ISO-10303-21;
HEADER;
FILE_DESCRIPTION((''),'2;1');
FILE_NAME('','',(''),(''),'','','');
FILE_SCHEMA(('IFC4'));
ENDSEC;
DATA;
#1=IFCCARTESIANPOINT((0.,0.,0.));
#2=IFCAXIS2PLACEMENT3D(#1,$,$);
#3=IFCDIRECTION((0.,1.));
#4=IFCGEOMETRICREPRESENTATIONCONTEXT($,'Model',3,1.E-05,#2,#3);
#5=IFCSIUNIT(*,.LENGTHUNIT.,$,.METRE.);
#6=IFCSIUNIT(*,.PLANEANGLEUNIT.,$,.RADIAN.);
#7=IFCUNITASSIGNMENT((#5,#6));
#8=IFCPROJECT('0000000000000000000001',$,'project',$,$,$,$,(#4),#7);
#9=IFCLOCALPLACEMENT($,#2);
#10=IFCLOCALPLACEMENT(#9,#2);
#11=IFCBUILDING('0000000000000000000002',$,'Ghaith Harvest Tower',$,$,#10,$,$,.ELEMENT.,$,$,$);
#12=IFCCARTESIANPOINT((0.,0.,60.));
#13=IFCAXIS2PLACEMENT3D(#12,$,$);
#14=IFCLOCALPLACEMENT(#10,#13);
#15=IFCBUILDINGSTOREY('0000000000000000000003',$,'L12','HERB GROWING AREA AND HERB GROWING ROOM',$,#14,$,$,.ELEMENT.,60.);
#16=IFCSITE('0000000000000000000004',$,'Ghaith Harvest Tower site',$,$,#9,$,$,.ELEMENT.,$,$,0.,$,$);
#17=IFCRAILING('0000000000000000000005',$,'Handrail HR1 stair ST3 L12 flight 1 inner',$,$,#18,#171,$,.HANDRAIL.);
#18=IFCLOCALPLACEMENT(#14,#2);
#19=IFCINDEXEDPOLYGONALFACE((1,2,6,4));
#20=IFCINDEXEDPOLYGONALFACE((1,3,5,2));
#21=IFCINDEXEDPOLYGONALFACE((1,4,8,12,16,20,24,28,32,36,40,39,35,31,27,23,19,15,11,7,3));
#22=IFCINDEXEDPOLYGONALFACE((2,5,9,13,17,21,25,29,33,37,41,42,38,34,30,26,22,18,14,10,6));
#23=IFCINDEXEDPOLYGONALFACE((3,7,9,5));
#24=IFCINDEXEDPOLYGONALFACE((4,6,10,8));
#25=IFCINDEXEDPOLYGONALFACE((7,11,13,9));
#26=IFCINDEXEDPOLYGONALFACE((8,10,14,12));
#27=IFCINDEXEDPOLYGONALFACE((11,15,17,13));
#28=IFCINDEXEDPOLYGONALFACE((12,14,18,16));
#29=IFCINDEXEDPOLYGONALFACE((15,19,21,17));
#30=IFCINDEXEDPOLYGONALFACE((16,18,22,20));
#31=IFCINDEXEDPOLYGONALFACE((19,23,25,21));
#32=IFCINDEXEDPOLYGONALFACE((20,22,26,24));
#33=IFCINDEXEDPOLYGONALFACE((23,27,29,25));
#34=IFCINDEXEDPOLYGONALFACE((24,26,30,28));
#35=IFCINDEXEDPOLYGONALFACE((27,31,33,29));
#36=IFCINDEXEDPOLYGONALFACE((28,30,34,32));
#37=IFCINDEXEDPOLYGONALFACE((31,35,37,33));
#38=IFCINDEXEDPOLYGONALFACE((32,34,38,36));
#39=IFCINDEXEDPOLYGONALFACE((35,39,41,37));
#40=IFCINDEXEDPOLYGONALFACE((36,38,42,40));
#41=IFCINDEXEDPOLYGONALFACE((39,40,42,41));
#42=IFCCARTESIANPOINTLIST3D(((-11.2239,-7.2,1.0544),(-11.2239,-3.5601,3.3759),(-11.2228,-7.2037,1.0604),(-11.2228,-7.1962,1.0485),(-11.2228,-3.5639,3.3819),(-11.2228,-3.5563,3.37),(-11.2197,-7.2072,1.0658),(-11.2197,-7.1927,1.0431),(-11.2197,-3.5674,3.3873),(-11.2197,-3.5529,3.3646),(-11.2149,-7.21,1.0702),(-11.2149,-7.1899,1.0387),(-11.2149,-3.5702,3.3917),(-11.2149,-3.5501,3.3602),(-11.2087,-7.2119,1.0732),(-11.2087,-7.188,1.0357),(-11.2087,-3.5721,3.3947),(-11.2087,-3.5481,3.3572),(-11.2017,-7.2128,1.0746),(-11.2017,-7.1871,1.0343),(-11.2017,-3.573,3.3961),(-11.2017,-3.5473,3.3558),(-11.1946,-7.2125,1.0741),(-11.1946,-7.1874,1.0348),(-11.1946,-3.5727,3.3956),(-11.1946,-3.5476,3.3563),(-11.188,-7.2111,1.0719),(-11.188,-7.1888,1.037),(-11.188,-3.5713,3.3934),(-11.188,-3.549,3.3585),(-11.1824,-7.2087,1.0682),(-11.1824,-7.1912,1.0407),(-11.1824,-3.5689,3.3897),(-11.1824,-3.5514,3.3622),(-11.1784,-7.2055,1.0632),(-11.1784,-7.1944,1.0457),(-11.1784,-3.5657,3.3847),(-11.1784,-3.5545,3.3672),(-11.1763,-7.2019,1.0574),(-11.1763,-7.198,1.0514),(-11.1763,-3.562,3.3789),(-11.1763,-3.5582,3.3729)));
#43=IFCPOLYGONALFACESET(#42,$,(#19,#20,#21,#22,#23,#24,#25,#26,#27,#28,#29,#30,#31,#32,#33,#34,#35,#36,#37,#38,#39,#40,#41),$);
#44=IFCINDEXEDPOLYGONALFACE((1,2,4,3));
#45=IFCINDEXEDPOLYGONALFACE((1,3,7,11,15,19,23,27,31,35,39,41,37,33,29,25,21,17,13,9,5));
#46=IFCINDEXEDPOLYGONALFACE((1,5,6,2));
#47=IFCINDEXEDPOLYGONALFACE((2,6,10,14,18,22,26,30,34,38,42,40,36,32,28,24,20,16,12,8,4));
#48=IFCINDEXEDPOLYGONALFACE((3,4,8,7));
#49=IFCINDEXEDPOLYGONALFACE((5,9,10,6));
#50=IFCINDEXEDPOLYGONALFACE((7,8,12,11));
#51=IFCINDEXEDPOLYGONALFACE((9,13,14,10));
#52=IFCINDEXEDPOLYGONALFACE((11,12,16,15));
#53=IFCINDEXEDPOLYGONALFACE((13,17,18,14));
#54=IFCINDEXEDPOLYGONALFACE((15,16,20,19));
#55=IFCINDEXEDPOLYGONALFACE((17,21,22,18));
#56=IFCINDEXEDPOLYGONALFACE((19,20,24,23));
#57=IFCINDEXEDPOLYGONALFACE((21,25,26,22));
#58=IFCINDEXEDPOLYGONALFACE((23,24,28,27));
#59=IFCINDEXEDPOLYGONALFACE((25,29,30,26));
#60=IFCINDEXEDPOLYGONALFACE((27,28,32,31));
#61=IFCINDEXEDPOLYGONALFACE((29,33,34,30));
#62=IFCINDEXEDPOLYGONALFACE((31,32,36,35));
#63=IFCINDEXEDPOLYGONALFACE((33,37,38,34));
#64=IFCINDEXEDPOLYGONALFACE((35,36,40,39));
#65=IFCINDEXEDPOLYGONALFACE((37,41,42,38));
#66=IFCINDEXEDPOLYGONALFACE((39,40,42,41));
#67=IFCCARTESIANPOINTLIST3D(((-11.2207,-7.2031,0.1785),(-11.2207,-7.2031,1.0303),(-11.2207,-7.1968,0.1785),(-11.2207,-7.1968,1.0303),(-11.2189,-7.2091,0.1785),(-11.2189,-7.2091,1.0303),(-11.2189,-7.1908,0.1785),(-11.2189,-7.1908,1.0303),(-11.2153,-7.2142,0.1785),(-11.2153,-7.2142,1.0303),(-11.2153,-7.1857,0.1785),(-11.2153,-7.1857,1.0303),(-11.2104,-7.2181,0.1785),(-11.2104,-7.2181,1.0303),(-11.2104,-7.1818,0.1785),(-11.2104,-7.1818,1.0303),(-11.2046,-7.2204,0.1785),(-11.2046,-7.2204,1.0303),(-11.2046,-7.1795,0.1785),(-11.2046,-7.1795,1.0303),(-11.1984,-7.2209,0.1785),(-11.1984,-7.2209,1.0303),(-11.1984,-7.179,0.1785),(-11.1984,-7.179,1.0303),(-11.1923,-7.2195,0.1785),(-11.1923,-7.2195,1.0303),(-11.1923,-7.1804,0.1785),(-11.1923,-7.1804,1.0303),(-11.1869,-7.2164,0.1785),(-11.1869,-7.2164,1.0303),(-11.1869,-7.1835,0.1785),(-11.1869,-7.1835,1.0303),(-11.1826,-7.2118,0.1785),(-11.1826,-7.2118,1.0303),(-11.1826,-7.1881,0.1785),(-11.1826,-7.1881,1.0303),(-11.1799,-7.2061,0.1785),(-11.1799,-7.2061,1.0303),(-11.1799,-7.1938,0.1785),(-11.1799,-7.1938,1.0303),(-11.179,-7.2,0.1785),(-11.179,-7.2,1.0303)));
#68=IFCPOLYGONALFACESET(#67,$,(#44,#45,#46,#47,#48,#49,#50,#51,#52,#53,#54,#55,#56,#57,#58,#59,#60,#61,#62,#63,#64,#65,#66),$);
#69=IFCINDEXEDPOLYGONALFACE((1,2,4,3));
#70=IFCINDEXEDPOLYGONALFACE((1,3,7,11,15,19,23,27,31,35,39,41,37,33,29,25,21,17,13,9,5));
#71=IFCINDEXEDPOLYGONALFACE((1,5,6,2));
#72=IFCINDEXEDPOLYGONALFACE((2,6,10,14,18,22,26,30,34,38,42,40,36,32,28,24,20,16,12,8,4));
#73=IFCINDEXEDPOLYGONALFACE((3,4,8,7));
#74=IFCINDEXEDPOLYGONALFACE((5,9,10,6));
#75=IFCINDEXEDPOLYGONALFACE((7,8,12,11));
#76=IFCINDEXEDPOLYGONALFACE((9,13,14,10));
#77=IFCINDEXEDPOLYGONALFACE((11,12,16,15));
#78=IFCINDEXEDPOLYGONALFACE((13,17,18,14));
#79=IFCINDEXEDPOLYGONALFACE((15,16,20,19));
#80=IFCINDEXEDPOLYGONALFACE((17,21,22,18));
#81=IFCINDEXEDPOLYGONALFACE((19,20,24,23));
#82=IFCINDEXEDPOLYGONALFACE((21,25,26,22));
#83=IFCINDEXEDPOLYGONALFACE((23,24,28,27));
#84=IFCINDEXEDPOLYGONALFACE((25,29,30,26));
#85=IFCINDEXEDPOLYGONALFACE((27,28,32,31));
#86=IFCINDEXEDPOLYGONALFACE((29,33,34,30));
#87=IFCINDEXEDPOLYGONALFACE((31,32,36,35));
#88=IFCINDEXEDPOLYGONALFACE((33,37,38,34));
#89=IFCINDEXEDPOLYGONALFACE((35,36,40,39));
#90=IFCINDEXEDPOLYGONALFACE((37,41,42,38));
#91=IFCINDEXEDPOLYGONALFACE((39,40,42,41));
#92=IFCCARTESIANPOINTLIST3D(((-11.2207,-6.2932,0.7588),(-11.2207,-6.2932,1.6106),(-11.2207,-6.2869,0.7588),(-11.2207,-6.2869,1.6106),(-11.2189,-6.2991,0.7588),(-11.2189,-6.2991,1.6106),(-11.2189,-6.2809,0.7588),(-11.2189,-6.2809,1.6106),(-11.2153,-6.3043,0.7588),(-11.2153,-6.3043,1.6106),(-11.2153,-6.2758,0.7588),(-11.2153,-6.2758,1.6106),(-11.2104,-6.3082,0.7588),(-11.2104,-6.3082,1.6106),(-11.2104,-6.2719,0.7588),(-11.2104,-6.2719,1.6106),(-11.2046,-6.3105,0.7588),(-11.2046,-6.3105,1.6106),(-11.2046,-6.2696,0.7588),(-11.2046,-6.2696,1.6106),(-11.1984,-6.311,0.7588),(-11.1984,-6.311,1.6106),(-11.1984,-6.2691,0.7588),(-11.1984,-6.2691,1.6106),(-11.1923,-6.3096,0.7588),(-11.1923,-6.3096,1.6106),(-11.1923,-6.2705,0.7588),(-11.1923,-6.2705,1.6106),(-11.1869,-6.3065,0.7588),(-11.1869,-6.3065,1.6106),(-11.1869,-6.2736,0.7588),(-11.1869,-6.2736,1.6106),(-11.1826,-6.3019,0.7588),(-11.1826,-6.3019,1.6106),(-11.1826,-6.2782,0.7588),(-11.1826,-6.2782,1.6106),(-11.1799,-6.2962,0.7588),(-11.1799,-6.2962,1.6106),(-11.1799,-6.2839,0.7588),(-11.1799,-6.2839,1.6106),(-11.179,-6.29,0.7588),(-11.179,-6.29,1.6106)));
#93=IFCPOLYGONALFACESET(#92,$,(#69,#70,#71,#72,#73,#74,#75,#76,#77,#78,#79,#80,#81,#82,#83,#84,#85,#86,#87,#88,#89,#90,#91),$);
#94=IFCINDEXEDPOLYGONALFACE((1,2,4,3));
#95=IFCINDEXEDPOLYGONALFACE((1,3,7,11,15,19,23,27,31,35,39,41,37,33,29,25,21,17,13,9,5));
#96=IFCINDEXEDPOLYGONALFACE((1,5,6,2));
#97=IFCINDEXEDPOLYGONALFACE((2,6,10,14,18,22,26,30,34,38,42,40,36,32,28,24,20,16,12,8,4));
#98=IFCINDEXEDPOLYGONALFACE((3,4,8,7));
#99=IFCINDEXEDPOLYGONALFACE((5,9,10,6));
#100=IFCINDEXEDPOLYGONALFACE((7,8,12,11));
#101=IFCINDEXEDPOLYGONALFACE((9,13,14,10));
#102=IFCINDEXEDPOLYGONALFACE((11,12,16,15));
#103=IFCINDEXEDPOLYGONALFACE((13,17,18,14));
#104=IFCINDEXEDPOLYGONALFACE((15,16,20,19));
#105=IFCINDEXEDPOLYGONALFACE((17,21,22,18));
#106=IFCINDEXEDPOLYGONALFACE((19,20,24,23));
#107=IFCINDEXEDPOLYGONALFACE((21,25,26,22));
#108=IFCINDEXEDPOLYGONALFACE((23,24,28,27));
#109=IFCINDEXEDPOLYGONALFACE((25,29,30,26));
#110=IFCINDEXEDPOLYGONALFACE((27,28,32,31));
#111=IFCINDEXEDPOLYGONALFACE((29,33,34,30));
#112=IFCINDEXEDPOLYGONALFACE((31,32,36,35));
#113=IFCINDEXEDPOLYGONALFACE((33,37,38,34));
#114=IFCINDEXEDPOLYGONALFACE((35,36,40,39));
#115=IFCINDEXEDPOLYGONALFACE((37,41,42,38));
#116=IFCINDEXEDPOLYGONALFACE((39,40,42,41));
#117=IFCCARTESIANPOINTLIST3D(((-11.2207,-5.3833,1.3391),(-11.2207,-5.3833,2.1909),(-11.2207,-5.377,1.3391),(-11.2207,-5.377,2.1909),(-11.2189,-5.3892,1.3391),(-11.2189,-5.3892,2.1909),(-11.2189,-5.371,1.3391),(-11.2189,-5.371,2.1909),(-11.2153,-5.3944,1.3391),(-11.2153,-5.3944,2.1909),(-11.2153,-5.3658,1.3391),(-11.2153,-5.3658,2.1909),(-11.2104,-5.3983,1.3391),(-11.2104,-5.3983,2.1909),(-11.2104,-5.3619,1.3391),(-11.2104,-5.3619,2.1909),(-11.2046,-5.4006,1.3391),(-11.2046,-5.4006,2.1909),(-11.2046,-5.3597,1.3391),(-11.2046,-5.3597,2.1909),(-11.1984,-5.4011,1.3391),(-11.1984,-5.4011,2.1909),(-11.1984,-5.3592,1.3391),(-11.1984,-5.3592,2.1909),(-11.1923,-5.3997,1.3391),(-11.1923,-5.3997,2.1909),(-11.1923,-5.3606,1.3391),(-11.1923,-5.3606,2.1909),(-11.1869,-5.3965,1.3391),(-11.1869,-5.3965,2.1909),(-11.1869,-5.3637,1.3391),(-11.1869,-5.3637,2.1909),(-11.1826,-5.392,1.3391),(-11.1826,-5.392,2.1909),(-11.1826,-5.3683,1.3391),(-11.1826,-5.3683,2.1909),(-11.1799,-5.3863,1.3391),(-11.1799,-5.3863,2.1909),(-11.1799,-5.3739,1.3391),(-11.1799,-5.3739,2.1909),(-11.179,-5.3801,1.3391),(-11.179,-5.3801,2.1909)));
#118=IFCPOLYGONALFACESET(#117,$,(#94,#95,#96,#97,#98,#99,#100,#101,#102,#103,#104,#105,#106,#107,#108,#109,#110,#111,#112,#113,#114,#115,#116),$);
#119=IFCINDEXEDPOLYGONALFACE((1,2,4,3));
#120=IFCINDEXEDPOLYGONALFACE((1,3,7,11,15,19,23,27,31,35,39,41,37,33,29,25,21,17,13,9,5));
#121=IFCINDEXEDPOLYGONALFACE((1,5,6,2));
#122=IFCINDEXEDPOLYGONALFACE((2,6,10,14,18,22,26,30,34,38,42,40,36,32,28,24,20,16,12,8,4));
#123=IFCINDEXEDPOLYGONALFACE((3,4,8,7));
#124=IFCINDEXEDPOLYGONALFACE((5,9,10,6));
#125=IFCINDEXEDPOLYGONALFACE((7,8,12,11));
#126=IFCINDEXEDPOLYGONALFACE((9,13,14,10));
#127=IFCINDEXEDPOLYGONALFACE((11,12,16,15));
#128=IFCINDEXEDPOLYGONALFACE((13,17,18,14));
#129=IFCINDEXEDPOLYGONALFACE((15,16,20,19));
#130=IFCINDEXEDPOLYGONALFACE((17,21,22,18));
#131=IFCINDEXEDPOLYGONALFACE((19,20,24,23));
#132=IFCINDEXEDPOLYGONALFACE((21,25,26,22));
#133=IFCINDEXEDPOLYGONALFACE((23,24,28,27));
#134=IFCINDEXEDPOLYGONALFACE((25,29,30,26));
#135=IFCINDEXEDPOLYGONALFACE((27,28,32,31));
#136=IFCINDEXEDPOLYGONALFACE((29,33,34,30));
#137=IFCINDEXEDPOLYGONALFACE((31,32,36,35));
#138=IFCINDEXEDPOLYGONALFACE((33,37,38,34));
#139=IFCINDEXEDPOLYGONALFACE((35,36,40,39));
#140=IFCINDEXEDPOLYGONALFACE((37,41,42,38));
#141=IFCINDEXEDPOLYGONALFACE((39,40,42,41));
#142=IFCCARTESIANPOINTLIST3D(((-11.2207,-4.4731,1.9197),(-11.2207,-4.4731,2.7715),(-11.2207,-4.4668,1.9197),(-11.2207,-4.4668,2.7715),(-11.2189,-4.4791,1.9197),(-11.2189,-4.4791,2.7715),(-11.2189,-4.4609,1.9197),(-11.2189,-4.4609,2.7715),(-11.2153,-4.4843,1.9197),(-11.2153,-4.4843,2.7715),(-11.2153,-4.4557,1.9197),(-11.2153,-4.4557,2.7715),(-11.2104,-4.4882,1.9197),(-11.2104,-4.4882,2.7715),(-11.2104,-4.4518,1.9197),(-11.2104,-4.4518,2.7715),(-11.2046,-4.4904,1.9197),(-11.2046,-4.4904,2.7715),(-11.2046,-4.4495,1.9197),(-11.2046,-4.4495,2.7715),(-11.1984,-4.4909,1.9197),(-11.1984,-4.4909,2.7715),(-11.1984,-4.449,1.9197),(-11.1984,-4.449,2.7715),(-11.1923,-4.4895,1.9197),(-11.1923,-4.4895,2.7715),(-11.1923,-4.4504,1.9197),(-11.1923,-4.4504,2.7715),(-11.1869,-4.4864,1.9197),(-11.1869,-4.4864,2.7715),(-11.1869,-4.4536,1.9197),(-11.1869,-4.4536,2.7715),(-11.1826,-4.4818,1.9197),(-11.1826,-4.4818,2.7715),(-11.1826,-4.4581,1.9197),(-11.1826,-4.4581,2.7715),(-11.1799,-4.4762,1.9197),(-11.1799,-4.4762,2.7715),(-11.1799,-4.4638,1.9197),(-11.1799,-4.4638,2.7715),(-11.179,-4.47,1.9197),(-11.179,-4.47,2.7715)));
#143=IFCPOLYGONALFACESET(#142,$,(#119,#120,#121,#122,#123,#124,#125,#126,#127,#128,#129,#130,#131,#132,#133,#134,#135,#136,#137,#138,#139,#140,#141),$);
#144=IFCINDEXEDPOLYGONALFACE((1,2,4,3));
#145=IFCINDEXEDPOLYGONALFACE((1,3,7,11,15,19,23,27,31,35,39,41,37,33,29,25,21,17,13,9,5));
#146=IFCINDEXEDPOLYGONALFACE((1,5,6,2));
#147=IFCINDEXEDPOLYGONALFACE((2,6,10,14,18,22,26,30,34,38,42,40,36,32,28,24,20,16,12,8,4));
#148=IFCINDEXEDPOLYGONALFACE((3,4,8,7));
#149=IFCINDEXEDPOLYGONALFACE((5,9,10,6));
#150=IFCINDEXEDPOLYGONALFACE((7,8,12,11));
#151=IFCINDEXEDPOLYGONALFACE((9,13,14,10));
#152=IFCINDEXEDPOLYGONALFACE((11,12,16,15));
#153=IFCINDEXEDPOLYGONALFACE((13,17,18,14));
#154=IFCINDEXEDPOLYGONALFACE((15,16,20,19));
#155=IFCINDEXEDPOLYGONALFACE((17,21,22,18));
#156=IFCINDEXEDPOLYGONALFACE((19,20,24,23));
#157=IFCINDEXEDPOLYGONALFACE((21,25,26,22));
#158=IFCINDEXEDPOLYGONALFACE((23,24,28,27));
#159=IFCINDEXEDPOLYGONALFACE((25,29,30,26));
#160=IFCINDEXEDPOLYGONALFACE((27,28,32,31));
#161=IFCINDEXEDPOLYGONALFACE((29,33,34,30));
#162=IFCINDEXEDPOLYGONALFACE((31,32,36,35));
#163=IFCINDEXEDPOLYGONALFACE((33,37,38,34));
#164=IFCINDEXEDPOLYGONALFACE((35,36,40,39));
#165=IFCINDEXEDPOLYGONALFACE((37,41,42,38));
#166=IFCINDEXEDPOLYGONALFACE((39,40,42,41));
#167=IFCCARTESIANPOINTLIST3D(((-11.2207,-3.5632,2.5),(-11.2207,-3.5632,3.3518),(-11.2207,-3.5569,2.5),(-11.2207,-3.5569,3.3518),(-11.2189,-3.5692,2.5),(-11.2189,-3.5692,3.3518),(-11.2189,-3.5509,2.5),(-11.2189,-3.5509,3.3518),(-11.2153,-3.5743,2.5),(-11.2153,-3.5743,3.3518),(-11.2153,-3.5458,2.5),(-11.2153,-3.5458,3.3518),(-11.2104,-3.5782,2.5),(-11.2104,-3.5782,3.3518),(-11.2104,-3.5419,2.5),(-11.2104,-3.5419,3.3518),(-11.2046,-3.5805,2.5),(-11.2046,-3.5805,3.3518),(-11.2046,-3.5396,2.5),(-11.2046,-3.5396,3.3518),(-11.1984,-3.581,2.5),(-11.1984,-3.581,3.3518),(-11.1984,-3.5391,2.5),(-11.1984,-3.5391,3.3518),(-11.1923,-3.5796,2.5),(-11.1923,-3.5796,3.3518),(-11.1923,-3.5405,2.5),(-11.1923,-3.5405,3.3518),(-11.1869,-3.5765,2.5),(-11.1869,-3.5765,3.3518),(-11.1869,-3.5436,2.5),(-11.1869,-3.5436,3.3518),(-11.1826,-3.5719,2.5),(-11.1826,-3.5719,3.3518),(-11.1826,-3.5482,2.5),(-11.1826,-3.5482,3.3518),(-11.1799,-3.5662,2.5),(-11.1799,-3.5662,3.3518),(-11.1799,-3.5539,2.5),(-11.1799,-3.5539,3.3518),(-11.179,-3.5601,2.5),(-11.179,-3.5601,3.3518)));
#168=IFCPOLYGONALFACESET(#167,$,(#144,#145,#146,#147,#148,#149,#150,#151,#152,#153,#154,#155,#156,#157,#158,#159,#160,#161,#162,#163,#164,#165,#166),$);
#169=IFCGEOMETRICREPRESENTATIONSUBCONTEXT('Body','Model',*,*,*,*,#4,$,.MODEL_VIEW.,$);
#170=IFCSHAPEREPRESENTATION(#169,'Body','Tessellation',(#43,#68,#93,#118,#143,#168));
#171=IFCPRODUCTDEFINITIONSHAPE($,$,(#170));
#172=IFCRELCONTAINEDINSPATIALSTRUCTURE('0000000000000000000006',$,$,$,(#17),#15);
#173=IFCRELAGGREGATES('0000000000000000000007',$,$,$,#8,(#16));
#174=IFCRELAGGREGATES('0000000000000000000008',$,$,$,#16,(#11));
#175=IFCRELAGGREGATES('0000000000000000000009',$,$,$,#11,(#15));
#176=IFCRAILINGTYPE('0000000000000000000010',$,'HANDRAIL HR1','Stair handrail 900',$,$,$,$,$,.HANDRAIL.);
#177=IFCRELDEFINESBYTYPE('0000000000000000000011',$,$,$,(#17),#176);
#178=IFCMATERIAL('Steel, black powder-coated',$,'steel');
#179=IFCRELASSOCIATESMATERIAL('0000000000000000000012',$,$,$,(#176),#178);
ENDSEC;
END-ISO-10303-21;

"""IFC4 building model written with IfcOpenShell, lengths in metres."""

from ifc_helpers import new_model, si_unit, direction, frame, origin, origin_2d, place, context, subcontext, project, spatial, circle, extrude, material, type_object, element, save


model = new_model("IFC4")

# Units and contexts
model_context = context("Model", 3, precision=1e-05, world=origin(), true_north=direction((0.0, 1.0)))
body_context = subcontext(model_context, "Body", "Model", "MODEL_VIEW")
ifc_project = project(units=[si_unit("LENGTHUNIT", "METRE"), si_unit("PLANEANGLEUNIT", "RADIAN")], contexts=[model_context])

# Site, building, storey
site_placement = place(None, origin())
site = spatial("IfcSite", under=ifc_project, at=site_placement, Name="Ghaith Harvest Tower site", CompositionType="ELEMENT", RefElevation=0.0)
building_placement = place(site_placement, origin())
building = spatial("IfcBuilding", under=site, at=building_placement, Name="Ghaith Harvest Tower", CompositionType="ELEMENT")
storey_placement = place(building_placement, frame((0.0, 0.0, 60.0)))
storey = spatial("IfcBuildingStorey", under=building, at=storey_placement, Name="L12", Description="HERB GROWING AREA AND HERB GROWING ROOM", CompositionType="ELEMENT", Elevation=60.0)

# Railing
ifc_material_1 = material(Name="Steel, black powder-coated", Category="steel")
railing_type = type_object("IfcRailingType", Name="HANDRAIL HR1", Description="Stair handrail 900", PredefinedType="HANDRAIL", material=ifc_material_1)
railing_1_placement = place(storey_placement, frame((-11.2, -7.2, 0.1785)))
element("IfcRailing", 1, at=railing_1_placement, inside=storey, type_object=railing_type, Name="Handrail HR1 stair ST3 L12 flight 1 inner", PredefinedType="HANDRAIL", context=body_context, shape_type="SweptSolid", body=[
    extrude(circle(Radius=0.0239, at=origin_2d()), frame((0.0, 0.0, 0.876), z_axis=(0.0, 0.843112, 0.537739), x_axis=(-1.0, 0.0, 0.0)), (0.0, 0.0, 1.0), 4.3171),
    extrude(circle(Radius=0.021, at=origin_2d()), origin(), (0.0, 0.0, 1.0), 0.8518),
    extrude(circle(Radius=0.021, at=origin_2d()), frame((0.0, 0.9099, 0.5803)), (0.0, 0.0, 1.0), 0.8518),
    extrude(circle(Radius=0.021, at=origin_2d()), frame((0.0, 1.8198, 1.1606)), (0.0, 0.0, 1.0), 0.8518),
    extrude(circle(Radius=0.021, at=origin_2d()), frame((0.0, 2.73, 1.7412)), (0.0, 0.0, 1.0), 0.8518),
    extrude(circle(Radius=0.021, at=origin_2d()), frame((0.0, 3.6399, 2.3215)), (0.0, 0.0, 1.0), 0.8518),
])

save(model, "model.ifc")
